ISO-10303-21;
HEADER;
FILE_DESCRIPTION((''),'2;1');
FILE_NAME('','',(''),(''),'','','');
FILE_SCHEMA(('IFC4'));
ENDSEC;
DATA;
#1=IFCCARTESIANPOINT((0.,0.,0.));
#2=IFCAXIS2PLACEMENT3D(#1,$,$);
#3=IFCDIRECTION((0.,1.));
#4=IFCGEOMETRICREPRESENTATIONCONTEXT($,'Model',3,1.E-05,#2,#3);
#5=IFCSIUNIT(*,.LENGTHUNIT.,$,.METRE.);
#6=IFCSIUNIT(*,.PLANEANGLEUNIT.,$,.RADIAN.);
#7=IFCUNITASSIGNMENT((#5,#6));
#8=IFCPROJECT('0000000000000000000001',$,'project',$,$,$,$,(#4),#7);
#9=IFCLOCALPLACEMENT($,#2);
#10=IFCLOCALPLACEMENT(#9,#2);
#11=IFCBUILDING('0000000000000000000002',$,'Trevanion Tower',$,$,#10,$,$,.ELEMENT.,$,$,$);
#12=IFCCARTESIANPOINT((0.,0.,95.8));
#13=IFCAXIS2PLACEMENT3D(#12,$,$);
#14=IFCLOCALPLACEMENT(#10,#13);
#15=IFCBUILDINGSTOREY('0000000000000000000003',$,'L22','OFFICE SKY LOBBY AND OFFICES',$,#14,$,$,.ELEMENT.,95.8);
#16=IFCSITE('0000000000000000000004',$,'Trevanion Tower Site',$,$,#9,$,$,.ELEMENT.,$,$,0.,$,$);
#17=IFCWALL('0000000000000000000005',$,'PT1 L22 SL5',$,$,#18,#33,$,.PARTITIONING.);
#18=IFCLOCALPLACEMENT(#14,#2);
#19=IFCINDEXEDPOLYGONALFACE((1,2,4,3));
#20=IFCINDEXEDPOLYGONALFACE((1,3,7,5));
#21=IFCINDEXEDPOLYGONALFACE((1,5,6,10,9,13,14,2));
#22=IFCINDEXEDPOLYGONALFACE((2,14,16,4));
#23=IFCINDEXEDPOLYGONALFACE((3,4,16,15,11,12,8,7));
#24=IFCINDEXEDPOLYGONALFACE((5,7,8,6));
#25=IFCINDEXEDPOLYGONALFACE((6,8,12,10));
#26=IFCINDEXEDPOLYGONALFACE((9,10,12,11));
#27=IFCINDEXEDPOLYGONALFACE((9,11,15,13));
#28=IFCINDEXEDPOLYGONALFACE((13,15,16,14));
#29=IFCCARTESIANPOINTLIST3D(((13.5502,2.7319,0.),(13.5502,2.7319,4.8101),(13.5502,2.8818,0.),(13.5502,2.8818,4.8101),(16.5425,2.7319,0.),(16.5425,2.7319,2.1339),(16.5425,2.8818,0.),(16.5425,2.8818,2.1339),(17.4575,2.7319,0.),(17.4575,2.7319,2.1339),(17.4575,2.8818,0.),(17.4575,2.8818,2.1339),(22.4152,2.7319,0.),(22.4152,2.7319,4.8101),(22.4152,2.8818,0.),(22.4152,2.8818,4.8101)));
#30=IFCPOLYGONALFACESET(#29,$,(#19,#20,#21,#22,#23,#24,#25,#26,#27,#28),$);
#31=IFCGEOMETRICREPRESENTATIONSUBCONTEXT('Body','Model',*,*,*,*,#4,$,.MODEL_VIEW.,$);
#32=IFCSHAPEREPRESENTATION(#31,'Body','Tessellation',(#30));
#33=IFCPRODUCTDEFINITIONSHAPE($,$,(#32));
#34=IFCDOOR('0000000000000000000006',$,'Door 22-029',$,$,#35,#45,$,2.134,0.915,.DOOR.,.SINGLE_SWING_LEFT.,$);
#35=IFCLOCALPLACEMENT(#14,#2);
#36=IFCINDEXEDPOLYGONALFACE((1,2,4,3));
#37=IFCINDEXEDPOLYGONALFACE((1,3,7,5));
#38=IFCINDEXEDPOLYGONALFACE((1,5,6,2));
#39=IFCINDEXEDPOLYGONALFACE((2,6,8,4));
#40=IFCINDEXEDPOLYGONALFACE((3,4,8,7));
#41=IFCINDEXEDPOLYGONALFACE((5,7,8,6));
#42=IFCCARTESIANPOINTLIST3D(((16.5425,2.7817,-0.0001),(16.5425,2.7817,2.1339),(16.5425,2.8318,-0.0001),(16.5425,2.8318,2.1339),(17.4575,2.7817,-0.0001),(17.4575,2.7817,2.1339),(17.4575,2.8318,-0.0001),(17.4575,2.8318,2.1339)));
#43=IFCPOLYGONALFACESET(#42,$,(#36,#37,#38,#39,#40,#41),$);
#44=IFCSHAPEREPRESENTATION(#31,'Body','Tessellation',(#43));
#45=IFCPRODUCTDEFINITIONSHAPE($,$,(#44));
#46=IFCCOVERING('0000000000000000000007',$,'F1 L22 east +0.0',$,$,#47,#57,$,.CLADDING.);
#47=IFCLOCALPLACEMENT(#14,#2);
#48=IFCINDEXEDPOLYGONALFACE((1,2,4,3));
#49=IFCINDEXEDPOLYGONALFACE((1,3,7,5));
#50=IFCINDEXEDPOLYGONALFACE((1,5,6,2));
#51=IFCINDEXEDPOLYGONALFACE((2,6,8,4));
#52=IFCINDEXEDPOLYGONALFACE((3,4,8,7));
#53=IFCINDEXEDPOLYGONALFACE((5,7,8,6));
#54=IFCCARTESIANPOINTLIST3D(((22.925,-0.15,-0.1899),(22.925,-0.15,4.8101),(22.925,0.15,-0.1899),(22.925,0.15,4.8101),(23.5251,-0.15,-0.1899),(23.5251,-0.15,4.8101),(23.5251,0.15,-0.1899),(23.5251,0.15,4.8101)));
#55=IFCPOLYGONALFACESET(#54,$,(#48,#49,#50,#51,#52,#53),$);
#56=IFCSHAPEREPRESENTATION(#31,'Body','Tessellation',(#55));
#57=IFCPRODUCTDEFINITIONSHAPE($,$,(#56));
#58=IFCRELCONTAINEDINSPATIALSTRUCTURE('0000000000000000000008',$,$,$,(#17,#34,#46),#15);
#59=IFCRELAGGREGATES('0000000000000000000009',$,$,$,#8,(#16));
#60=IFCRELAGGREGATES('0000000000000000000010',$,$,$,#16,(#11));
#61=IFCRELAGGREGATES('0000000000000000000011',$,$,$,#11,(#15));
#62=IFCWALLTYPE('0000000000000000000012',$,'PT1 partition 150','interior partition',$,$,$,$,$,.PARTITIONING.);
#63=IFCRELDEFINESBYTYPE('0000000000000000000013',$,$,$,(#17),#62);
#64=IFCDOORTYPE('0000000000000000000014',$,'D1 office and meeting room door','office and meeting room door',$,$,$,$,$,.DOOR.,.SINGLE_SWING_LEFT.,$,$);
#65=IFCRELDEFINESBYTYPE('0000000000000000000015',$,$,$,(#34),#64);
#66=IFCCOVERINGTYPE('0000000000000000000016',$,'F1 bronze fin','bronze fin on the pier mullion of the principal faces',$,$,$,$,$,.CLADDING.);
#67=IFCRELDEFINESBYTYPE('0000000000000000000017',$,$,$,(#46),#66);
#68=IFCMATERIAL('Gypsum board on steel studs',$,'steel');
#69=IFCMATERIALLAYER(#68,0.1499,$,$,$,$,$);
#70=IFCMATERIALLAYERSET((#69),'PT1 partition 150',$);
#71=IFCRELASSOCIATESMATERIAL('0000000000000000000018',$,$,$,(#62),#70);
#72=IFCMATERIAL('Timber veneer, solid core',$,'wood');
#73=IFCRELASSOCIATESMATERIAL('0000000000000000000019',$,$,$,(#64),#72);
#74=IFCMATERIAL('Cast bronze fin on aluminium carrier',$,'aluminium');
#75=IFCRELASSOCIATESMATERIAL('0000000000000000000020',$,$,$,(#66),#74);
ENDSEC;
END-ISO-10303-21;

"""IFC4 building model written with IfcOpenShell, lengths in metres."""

from ifc_helpers import new_model, si_unit, direction, frame, frame_2d, origin, origin_2d, place, context, subcontext, project, spatial, rectangle, extrude, material, layer, layer_set, type_object, element, fill, save


model = new_model("IFC4")

# Units and contexts
model_context = context("Model", 3, precision=1e-05, world=origin(), true_north=direction((0.0, 1.0)))
body_context = subcontext(model_context, "Body", "Model", "MODEL_VIEW")
ifc_project = project(units=[si_unit("LENGTHUNIT", "METRE"), si_unit("PLANEANGLEUNIT", "RADIAN")], contexts=[model_context])

# Site, building, storey
site_placement = place(None, origin())
site = spatial("IfcSite", under=ifc_project, at=site_placement, Name="Trevanion Tower Site", CompositionType="ELEMENT", RefElevation=0.0)
building_placement = place(site_placement, origin())
building = spatial("IfcBuilding", under=site, at=building_placement, Name="Trevanion Tower", CompositionType="ELEMENT")
storey_placement = place(building_placement, frame((0.0, 0.0, 95.8)))
storey = spatial("IfcBuildingStorey", under=building, at=storey_placement, Name="L22", Description="OFFICE SKY LOBBY AND OFFICES", CompositionType="ELEMENT", Elevation=95.8)

# Wall, opening, door
ifc_material_1 = material(Name="Gypsum board on steel studs", Category="steel")
ifc_layer_1 = layer(ifc_material_1, 0.1499)
ifc_layer_set_1 = layer_set([ifc_layer_1], Name="PT1 partition 150")
wall_type = type_object("IfcWallType", Name="PT1 partition 150", Description="interior partition", PredefinedType="PARTITIONING", material=ifc_layer_set_1)
wall_placement = place(storey_placement, frame((13.55, 2.8069, 0.0), z_axis=(0.0, 0.0, 1.0), x_axis=(1.0, 0.0, 0.0)))
wall = element("IfcWall", 1, at=wall_placement, inside=storey, type_object=wall_type, Name="PT1 L22 SL5", PredefinedType="PARTITIONING", context=body_context, shape_type="SweptSolid", body=[
    extrude(rectangle(XDim=8.865, YDim=0.1499, at=frame_2d((4.4326, 0.0))), origin(), (0.0, 0.0, 1.0), 4.8101),
])
opening_placement = place(wall_placement, frame((2.9924, 0.0, 0.0)))
opening = element("IfcOpeningElement", 2, at=opening_placement, cuts=wall, PredefinedType="OPENING", context=body_context, shape_type="SweptSolid", body=[
    extrude(rectangle(XDim=0.915, YDim=2.134, at=frame_2d((0.4575, 1.0669))), frame((0.0, 0.085, 0.0), z_axis=(0.0, -1.0, 0.0), x_axis=(1.0, 0.0, 0.0)), (0.0, 0.0, 1.0), 0.1699),
])
ifc_material_2 = material(Name="Timber veneer, solid core", Category="wood")
door_type = type_object("IfcDoorType", Name="D1 office and meeting room door", Description="office and meeting room door", OperationType="SINGLE_SWING_LEFT", PredefinedType="DOOR", material=ifc_material_2)
door_placement = place(opening_placement, origin())
door = element("IfcDoor", 3, at=door_placement, inside=storey, type_object=door_type, Name="Door 22-029", OperationType="SINGLE_SWING_LEFT", OverallHeight=2.134, OverallWidth=0.915, PredefinedType="DOOR", context=body_context, shape_type="SweptSolid", body=[
    extrude(rectangle(XDim=0.915, YDim=2.134, at=frame_2d((0.4575, 1.0669))), frame((0.0, 0.0249, 0.0), z_axis=(0.0, -1.0, 0.0), x_axis=(1.0, 0.0, 0.0)), (0.0, 0.0, 1.0), 0.05),
])
fill(opening, door)

# Covering
ifc_material_3 = material(Name="Cast bronze fin on aluminium carrier", Category="aluminium")
covering_type = type_object("IfcCoveringType", Name="F1 bronze fin", Description="bronze fin on the pier mullion of the principal faces", PredefinedType="CLADDING", material=ifc_material_3)
covering_placement = place(storey_placement, frame((23.2251, 0.0, -0.1899), z_axis=(0.0, 0.0, 1.0), x_axis=(0.0, 1.0, 0.0)))
element("IfcCovering", 4, at=covering_placement, inside=storey, type_object=covering_type, Name="F1 L22 east +0.0", PredefinedType="CLADDING", context=body_context, shape_type="SweptSolid", body=[
    extrude(rectangle(XDim=0.3, YDim=0.6001, at=origin_2d()), origin(), (0.0, 0.0, 1.0), 5.0),
])

save(model, "model.ifc")
